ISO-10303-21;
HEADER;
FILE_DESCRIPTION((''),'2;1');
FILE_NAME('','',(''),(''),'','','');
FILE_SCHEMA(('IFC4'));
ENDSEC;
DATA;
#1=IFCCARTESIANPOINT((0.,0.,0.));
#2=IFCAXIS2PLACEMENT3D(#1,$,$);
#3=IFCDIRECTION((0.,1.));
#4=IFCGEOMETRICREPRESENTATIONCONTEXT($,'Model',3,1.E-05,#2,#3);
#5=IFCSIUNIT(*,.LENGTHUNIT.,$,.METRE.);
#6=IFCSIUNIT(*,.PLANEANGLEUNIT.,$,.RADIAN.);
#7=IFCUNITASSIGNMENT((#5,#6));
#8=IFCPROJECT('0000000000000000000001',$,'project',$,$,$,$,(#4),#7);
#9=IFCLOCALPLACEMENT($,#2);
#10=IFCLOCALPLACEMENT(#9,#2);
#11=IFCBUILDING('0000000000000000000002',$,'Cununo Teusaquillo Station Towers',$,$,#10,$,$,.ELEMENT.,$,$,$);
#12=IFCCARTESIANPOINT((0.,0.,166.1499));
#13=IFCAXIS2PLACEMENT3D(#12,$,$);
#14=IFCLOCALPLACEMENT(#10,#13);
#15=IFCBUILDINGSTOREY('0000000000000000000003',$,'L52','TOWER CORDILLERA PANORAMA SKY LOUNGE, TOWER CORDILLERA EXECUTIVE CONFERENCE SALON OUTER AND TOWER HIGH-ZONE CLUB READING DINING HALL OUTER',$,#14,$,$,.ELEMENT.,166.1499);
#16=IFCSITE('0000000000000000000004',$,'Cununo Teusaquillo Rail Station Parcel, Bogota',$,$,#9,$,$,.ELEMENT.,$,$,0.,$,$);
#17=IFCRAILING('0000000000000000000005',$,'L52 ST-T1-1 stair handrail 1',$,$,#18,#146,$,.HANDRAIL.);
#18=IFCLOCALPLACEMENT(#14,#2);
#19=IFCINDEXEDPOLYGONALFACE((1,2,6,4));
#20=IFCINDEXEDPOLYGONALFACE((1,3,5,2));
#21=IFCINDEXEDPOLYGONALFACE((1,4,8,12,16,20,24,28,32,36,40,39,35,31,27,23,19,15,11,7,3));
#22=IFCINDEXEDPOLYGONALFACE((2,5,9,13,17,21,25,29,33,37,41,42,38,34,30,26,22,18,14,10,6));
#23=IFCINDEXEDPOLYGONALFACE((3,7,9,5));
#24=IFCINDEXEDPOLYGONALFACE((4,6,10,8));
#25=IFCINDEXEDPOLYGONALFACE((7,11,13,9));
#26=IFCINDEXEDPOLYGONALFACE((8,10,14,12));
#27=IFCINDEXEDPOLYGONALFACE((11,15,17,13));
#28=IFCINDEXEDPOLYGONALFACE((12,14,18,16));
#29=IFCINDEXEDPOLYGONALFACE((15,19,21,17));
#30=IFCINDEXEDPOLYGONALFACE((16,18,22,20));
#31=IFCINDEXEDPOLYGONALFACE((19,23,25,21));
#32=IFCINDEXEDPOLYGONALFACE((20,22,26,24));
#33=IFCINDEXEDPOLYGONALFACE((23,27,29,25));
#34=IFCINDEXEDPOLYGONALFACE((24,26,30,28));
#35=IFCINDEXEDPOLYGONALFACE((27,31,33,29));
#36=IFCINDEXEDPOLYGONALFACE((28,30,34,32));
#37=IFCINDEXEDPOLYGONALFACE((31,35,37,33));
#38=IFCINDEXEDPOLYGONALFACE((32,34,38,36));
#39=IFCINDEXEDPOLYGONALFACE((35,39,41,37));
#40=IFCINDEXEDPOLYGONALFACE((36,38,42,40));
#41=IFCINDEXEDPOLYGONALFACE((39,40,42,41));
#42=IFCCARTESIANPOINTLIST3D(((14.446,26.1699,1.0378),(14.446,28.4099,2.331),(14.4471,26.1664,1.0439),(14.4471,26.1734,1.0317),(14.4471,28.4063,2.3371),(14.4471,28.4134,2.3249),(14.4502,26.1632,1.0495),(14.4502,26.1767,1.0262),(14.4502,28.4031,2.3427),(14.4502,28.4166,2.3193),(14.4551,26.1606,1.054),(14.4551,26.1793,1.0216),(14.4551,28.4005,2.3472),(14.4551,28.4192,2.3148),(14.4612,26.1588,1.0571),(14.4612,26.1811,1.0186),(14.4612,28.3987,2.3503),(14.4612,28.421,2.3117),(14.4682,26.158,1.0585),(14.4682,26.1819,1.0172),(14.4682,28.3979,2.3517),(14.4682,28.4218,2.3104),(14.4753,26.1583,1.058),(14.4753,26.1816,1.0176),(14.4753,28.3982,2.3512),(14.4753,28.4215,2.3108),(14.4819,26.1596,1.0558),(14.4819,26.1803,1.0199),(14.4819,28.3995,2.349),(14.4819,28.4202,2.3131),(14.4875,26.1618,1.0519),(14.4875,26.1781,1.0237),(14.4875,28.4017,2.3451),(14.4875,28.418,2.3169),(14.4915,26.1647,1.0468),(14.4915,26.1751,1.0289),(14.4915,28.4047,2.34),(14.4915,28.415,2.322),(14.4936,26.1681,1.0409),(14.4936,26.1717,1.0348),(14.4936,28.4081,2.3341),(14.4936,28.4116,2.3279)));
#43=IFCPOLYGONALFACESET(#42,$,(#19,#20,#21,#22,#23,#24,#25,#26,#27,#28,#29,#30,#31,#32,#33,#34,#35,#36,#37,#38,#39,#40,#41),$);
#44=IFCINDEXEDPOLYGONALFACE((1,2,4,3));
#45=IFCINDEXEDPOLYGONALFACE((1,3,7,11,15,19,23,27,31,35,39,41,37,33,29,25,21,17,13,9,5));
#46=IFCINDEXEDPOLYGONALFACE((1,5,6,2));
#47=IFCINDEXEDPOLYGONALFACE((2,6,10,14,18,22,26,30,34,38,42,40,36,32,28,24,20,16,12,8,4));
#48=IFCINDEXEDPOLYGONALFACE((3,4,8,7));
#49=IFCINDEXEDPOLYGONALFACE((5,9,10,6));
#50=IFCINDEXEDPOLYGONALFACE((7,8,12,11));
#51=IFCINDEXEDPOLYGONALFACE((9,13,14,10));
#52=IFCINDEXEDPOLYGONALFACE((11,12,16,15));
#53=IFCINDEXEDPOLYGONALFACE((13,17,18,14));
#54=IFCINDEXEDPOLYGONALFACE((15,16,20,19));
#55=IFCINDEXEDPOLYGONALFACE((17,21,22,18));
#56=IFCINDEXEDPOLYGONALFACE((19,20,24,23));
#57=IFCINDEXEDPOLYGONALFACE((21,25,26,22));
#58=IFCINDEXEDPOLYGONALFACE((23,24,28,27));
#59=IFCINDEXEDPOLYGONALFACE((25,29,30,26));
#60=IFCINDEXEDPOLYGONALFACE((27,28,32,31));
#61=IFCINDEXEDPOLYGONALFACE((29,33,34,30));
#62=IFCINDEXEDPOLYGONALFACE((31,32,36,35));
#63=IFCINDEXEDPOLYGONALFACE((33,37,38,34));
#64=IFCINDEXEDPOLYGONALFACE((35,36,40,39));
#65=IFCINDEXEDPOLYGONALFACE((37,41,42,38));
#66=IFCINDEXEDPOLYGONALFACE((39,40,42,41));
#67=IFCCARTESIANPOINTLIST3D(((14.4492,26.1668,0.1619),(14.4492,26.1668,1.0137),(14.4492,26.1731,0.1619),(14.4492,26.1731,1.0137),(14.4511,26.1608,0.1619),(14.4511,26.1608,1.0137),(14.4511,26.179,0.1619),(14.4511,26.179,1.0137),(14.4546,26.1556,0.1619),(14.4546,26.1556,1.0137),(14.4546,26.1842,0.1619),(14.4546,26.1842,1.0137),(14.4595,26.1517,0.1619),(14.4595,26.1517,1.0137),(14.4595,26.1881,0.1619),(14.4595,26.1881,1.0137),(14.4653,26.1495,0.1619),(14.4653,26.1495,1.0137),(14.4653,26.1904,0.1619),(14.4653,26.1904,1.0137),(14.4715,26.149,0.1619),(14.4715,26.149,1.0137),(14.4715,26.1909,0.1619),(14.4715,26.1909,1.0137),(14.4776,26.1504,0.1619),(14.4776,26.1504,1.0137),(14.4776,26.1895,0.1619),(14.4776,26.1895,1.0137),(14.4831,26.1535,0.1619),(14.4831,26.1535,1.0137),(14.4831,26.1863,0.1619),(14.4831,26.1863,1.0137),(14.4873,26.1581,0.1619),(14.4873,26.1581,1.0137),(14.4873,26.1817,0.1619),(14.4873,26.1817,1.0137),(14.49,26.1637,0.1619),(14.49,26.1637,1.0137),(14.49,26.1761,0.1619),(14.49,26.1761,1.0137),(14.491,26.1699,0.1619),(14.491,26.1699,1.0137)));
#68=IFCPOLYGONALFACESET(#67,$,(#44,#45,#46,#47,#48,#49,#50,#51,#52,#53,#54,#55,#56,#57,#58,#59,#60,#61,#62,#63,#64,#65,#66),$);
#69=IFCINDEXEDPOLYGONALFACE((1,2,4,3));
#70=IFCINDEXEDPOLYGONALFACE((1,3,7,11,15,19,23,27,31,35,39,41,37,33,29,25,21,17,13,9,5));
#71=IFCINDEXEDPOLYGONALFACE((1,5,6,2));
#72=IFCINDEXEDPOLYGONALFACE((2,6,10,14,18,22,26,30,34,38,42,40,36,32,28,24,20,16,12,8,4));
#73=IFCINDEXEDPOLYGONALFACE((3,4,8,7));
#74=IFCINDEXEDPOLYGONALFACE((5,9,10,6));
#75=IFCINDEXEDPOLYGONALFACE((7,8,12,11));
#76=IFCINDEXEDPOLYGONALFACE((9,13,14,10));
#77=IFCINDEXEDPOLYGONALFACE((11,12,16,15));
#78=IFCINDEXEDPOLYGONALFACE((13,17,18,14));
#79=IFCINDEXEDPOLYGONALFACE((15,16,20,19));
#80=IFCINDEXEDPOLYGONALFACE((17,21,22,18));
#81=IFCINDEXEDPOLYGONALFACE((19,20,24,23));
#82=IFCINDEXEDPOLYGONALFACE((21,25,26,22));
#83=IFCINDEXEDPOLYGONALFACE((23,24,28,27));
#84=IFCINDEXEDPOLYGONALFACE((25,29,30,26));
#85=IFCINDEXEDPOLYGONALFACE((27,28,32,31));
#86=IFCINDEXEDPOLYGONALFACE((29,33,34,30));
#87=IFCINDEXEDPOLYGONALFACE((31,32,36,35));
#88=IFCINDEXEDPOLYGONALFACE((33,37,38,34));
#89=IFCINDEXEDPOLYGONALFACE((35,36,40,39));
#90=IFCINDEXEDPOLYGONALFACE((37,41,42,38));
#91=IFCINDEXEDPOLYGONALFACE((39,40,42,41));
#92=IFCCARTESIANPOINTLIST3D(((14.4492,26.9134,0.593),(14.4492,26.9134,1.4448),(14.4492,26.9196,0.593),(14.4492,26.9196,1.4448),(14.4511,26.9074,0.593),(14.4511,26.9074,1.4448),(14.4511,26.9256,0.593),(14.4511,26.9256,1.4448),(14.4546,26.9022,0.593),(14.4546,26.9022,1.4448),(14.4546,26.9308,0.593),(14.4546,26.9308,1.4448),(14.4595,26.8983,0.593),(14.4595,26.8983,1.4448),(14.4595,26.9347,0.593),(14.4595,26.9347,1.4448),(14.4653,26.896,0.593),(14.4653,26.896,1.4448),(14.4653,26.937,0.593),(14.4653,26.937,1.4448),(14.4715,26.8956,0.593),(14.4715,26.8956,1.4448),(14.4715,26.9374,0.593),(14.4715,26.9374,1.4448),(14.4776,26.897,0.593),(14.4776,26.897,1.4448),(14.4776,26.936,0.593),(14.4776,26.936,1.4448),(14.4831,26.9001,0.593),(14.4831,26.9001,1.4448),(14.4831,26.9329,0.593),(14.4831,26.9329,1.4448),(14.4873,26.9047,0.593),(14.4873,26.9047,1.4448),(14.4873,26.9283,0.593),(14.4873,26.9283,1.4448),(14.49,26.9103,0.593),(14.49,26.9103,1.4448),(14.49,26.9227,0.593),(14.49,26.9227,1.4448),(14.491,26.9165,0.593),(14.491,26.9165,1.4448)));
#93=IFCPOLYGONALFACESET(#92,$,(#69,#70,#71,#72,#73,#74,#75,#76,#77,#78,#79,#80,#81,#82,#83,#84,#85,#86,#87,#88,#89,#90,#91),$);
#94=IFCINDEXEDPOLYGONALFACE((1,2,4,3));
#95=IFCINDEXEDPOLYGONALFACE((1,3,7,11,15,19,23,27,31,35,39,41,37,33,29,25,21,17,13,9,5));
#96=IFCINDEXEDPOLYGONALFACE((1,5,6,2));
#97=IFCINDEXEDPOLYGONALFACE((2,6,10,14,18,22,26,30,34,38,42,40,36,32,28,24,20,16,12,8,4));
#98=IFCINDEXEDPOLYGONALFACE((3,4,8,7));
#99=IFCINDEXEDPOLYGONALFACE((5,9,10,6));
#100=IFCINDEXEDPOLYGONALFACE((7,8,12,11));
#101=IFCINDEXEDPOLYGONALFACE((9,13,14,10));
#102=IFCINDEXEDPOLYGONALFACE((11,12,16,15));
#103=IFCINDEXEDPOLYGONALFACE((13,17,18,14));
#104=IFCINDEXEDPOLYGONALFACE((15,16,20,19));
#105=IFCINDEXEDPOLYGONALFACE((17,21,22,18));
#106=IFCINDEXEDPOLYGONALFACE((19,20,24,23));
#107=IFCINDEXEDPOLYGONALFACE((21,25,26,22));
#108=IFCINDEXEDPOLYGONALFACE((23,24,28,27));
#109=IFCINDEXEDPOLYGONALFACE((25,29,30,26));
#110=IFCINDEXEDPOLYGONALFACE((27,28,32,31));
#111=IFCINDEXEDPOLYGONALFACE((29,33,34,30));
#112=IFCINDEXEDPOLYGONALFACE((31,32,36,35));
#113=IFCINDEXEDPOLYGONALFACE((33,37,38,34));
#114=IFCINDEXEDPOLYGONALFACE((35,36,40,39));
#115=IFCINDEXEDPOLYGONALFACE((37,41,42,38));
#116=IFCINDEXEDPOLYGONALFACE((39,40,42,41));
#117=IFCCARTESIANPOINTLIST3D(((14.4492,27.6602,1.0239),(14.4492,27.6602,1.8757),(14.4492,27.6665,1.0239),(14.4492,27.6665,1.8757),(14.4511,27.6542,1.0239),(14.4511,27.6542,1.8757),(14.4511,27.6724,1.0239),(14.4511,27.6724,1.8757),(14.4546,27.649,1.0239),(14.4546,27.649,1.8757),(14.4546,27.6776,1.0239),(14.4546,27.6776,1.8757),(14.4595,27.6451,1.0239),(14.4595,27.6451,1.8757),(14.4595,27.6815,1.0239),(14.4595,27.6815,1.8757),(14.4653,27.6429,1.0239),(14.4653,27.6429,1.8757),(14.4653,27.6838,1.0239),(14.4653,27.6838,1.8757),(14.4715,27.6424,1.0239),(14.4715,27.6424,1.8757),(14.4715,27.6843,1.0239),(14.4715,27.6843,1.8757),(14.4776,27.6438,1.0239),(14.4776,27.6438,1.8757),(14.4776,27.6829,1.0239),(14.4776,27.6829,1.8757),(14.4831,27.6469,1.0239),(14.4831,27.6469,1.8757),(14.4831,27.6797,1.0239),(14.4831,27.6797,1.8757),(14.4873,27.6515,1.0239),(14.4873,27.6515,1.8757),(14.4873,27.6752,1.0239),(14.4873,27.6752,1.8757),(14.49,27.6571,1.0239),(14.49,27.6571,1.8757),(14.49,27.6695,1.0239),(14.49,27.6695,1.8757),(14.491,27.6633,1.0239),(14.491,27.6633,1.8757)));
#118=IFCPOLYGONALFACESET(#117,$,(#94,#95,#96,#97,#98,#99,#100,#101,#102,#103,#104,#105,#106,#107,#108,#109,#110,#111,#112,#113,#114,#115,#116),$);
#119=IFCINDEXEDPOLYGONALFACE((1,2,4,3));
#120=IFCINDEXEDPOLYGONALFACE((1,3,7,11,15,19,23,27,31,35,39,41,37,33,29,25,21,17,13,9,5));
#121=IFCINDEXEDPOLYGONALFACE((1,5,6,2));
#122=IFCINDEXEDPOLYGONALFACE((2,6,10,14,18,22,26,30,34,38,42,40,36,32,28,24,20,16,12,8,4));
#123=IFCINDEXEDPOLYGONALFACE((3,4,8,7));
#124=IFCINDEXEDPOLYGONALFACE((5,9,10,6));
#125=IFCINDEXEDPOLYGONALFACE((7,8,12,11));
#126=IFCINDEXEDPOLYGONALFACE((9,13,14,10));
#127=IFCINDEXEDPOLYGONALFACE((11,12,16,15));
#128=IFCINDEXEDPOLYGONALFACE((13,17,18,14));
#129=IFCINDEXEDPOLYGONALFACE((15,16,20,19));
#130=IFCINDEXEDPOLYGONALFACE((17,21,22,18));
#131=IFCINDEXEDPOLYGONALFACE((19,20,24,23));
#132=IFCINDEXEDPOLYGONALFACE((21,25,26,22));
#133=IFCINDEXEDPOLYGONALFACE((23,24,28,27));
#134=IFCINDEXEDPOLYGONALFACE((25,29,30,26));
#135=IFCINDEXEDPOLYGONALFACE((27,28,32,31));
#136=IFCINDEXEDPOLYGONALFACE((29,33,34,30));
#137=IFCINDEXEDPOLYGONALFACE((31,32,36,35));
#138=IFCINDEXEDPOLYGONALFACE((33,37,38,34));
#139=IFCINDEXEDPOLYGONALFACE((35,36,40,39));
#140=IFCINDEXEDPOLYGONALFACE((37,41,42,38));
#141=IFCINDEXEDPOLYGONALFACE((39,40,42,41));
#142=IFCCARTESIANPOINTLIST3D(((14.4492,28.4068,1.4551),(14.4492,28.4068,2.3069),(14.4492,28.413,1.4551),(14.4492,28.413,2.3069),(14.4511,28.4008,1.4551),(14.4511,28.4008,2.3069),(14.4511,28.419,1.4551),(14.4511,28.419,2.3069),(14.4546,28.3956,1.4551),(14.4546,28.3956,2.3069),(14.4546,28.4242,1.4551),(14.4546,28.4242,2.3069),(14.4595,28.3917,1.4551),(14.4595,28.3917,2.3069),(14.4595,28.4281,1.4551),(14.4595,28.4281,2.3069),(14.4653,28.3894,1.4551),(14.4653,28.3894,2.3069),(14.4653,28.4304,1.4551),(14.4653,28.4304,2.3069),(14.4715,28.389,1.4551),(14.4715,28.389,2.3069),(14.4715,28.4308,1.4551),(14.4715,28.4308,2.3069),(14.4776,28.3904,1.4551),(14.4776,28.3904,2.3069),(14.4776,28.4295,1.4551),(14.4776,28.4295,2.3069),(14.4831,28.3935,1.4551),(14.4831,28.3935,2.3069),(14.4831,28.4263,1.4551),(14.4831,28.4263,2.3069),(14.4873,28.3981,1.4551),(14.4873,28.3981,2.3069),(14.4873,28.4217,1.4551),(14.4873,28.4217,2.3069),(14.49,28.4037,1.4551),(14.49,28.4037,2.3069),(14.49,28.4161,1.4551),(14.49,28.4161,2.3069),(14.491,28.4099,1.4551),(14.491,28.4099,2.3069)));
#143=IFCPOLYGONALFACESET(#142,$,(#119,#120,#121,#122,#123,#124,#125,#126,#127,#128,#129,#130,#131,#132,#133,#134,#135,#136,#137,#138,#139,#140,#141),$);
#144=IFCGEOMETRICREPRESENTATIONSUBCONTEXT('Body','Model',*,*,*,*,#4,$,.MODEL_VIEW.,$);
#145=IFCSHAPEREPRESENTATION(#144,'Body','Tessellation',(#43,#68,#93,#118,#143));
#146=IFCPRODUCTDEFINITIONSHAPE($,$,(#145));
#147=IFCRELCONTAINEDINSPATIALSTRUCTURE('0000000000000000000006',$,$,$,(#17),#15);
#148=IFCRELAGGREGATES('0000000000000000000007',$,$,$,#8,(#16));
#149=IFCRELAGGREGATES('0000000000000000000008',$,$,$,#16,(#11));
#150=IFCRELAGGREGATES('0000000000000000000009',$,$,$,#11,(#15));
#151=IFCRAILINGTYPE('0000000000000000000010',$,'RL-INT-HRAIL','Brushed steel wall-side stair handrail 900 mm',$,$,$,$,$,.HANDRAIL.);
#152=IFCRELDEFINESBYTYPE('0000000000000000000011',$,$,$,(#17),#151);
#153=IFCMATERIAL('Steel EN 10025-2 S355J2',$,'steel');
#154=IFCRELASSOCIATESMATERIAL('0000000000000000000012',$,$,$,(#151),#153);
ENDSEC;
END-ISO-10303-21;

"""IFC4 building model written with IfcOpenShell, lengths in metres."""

from ifc_helpers import new_model, si_unit, direction, frame, origin, origin_2d, place, context, subcontext, project, spatial, circle, extrude, material, type_object, element, save


model = new_model("IFC4")

# Units and contexts
model_context = context("Model", 3, precision=1e-05, world=origin(), true_north=direction((0.0, 1.0)))
body_context = subcontext(model_context, "Body", "Model", "MODEL_VIEW")
ifc_project = project(units=[si_unit("LENGTHUNIT", "METRE"), si_unit("PLANEANGLEUNIT", "RADIAN")], contexts=[model_context])

# Site, building, storey
site_placement = place(None, origin())
site = spatial("IfcSite", under=ifc_project, at=site_placement, Name="Cununo Teusaquillo Rail Station Parcel, Bogota", CompositionType="ELEMENT", RefElevation=0.0)
building_placement = place(site_placement, origin())
building = spatial("IfcBuilding", under=site, at=building_placement, Name="Cununo Teusaquillo Station Towers", CompositionType="ELEMENT")
storey_placement = place(building_placement, frame((0.0, 0.0, 166.1499)))
storey = spatial("IfcBuildingStorey", under=building, at=storey_placement, Name="L52", Description="TOWER CORDILLERA PANORAMA SKY LOUNGE, TOWER CORDILLERA EXECUTIVE CONFERENCE SALON OUTER AND TOWER HIGH-ZONE CLUB READING DINING HALL OUTER", CompositionType="ELEMENT", Elevation=166.1499)

# Railing
ifc_material_1 = material(Name="Steel EN 10025-2 S355J2", Category="steel")
railing_type_1 = type_object("IfcRailingType", Name="RL-INT-HRAIL", Description="Brushed steel wall-side stair handrail 900 mm", PredefinedType="HANDRAIL", material=ifc_material_1)
railing_1_placement = place(storey_placement, frame((14.47, 26.1699, 0.1619)))
element("IfcRailing", 1, at=railing_1_placement, inside=storey, type_object=railing_type_1, Name="L52 ST-T1-1 stair handrail 1", PredefinedType="HANDRAIL", context=body_context, shape_type="SweptSolid", body=[
    extrude(circle(Radius=0.0239, at=origin_2d()), frame((0.0, 0.0, 0.876), z_axis=(0.0, 0.866033, 0.499987), x_axis=(-1.0, 0.0, 0.0)), (0.0, 0.0, 1.0), 2.5864),
    extrude(circle(Radius=0.021, at=origin_2d()), origin(), (0.0, 0.0, 1.0), 0.8518),
    extrude(circle(Radius=0.021, at=origin_2d()), frame((0.0, 0.7466, 0.4312)), (0.0, 0.0, 1.0), 0.8518),
    extrude(circle(Radius=0.021, at=origin_2d()), frame((0.0, 1.4934, 0.8621)), (0.0, 0.0, 1.0), 0.8518),
    extrude(circle(Radius=0.021, at=origin_2d()), frame((0.0, 2.24, 1.2932)), (0.0, 0.0, 1.0), 0.8518),
])

save(model, "model.ifc")
